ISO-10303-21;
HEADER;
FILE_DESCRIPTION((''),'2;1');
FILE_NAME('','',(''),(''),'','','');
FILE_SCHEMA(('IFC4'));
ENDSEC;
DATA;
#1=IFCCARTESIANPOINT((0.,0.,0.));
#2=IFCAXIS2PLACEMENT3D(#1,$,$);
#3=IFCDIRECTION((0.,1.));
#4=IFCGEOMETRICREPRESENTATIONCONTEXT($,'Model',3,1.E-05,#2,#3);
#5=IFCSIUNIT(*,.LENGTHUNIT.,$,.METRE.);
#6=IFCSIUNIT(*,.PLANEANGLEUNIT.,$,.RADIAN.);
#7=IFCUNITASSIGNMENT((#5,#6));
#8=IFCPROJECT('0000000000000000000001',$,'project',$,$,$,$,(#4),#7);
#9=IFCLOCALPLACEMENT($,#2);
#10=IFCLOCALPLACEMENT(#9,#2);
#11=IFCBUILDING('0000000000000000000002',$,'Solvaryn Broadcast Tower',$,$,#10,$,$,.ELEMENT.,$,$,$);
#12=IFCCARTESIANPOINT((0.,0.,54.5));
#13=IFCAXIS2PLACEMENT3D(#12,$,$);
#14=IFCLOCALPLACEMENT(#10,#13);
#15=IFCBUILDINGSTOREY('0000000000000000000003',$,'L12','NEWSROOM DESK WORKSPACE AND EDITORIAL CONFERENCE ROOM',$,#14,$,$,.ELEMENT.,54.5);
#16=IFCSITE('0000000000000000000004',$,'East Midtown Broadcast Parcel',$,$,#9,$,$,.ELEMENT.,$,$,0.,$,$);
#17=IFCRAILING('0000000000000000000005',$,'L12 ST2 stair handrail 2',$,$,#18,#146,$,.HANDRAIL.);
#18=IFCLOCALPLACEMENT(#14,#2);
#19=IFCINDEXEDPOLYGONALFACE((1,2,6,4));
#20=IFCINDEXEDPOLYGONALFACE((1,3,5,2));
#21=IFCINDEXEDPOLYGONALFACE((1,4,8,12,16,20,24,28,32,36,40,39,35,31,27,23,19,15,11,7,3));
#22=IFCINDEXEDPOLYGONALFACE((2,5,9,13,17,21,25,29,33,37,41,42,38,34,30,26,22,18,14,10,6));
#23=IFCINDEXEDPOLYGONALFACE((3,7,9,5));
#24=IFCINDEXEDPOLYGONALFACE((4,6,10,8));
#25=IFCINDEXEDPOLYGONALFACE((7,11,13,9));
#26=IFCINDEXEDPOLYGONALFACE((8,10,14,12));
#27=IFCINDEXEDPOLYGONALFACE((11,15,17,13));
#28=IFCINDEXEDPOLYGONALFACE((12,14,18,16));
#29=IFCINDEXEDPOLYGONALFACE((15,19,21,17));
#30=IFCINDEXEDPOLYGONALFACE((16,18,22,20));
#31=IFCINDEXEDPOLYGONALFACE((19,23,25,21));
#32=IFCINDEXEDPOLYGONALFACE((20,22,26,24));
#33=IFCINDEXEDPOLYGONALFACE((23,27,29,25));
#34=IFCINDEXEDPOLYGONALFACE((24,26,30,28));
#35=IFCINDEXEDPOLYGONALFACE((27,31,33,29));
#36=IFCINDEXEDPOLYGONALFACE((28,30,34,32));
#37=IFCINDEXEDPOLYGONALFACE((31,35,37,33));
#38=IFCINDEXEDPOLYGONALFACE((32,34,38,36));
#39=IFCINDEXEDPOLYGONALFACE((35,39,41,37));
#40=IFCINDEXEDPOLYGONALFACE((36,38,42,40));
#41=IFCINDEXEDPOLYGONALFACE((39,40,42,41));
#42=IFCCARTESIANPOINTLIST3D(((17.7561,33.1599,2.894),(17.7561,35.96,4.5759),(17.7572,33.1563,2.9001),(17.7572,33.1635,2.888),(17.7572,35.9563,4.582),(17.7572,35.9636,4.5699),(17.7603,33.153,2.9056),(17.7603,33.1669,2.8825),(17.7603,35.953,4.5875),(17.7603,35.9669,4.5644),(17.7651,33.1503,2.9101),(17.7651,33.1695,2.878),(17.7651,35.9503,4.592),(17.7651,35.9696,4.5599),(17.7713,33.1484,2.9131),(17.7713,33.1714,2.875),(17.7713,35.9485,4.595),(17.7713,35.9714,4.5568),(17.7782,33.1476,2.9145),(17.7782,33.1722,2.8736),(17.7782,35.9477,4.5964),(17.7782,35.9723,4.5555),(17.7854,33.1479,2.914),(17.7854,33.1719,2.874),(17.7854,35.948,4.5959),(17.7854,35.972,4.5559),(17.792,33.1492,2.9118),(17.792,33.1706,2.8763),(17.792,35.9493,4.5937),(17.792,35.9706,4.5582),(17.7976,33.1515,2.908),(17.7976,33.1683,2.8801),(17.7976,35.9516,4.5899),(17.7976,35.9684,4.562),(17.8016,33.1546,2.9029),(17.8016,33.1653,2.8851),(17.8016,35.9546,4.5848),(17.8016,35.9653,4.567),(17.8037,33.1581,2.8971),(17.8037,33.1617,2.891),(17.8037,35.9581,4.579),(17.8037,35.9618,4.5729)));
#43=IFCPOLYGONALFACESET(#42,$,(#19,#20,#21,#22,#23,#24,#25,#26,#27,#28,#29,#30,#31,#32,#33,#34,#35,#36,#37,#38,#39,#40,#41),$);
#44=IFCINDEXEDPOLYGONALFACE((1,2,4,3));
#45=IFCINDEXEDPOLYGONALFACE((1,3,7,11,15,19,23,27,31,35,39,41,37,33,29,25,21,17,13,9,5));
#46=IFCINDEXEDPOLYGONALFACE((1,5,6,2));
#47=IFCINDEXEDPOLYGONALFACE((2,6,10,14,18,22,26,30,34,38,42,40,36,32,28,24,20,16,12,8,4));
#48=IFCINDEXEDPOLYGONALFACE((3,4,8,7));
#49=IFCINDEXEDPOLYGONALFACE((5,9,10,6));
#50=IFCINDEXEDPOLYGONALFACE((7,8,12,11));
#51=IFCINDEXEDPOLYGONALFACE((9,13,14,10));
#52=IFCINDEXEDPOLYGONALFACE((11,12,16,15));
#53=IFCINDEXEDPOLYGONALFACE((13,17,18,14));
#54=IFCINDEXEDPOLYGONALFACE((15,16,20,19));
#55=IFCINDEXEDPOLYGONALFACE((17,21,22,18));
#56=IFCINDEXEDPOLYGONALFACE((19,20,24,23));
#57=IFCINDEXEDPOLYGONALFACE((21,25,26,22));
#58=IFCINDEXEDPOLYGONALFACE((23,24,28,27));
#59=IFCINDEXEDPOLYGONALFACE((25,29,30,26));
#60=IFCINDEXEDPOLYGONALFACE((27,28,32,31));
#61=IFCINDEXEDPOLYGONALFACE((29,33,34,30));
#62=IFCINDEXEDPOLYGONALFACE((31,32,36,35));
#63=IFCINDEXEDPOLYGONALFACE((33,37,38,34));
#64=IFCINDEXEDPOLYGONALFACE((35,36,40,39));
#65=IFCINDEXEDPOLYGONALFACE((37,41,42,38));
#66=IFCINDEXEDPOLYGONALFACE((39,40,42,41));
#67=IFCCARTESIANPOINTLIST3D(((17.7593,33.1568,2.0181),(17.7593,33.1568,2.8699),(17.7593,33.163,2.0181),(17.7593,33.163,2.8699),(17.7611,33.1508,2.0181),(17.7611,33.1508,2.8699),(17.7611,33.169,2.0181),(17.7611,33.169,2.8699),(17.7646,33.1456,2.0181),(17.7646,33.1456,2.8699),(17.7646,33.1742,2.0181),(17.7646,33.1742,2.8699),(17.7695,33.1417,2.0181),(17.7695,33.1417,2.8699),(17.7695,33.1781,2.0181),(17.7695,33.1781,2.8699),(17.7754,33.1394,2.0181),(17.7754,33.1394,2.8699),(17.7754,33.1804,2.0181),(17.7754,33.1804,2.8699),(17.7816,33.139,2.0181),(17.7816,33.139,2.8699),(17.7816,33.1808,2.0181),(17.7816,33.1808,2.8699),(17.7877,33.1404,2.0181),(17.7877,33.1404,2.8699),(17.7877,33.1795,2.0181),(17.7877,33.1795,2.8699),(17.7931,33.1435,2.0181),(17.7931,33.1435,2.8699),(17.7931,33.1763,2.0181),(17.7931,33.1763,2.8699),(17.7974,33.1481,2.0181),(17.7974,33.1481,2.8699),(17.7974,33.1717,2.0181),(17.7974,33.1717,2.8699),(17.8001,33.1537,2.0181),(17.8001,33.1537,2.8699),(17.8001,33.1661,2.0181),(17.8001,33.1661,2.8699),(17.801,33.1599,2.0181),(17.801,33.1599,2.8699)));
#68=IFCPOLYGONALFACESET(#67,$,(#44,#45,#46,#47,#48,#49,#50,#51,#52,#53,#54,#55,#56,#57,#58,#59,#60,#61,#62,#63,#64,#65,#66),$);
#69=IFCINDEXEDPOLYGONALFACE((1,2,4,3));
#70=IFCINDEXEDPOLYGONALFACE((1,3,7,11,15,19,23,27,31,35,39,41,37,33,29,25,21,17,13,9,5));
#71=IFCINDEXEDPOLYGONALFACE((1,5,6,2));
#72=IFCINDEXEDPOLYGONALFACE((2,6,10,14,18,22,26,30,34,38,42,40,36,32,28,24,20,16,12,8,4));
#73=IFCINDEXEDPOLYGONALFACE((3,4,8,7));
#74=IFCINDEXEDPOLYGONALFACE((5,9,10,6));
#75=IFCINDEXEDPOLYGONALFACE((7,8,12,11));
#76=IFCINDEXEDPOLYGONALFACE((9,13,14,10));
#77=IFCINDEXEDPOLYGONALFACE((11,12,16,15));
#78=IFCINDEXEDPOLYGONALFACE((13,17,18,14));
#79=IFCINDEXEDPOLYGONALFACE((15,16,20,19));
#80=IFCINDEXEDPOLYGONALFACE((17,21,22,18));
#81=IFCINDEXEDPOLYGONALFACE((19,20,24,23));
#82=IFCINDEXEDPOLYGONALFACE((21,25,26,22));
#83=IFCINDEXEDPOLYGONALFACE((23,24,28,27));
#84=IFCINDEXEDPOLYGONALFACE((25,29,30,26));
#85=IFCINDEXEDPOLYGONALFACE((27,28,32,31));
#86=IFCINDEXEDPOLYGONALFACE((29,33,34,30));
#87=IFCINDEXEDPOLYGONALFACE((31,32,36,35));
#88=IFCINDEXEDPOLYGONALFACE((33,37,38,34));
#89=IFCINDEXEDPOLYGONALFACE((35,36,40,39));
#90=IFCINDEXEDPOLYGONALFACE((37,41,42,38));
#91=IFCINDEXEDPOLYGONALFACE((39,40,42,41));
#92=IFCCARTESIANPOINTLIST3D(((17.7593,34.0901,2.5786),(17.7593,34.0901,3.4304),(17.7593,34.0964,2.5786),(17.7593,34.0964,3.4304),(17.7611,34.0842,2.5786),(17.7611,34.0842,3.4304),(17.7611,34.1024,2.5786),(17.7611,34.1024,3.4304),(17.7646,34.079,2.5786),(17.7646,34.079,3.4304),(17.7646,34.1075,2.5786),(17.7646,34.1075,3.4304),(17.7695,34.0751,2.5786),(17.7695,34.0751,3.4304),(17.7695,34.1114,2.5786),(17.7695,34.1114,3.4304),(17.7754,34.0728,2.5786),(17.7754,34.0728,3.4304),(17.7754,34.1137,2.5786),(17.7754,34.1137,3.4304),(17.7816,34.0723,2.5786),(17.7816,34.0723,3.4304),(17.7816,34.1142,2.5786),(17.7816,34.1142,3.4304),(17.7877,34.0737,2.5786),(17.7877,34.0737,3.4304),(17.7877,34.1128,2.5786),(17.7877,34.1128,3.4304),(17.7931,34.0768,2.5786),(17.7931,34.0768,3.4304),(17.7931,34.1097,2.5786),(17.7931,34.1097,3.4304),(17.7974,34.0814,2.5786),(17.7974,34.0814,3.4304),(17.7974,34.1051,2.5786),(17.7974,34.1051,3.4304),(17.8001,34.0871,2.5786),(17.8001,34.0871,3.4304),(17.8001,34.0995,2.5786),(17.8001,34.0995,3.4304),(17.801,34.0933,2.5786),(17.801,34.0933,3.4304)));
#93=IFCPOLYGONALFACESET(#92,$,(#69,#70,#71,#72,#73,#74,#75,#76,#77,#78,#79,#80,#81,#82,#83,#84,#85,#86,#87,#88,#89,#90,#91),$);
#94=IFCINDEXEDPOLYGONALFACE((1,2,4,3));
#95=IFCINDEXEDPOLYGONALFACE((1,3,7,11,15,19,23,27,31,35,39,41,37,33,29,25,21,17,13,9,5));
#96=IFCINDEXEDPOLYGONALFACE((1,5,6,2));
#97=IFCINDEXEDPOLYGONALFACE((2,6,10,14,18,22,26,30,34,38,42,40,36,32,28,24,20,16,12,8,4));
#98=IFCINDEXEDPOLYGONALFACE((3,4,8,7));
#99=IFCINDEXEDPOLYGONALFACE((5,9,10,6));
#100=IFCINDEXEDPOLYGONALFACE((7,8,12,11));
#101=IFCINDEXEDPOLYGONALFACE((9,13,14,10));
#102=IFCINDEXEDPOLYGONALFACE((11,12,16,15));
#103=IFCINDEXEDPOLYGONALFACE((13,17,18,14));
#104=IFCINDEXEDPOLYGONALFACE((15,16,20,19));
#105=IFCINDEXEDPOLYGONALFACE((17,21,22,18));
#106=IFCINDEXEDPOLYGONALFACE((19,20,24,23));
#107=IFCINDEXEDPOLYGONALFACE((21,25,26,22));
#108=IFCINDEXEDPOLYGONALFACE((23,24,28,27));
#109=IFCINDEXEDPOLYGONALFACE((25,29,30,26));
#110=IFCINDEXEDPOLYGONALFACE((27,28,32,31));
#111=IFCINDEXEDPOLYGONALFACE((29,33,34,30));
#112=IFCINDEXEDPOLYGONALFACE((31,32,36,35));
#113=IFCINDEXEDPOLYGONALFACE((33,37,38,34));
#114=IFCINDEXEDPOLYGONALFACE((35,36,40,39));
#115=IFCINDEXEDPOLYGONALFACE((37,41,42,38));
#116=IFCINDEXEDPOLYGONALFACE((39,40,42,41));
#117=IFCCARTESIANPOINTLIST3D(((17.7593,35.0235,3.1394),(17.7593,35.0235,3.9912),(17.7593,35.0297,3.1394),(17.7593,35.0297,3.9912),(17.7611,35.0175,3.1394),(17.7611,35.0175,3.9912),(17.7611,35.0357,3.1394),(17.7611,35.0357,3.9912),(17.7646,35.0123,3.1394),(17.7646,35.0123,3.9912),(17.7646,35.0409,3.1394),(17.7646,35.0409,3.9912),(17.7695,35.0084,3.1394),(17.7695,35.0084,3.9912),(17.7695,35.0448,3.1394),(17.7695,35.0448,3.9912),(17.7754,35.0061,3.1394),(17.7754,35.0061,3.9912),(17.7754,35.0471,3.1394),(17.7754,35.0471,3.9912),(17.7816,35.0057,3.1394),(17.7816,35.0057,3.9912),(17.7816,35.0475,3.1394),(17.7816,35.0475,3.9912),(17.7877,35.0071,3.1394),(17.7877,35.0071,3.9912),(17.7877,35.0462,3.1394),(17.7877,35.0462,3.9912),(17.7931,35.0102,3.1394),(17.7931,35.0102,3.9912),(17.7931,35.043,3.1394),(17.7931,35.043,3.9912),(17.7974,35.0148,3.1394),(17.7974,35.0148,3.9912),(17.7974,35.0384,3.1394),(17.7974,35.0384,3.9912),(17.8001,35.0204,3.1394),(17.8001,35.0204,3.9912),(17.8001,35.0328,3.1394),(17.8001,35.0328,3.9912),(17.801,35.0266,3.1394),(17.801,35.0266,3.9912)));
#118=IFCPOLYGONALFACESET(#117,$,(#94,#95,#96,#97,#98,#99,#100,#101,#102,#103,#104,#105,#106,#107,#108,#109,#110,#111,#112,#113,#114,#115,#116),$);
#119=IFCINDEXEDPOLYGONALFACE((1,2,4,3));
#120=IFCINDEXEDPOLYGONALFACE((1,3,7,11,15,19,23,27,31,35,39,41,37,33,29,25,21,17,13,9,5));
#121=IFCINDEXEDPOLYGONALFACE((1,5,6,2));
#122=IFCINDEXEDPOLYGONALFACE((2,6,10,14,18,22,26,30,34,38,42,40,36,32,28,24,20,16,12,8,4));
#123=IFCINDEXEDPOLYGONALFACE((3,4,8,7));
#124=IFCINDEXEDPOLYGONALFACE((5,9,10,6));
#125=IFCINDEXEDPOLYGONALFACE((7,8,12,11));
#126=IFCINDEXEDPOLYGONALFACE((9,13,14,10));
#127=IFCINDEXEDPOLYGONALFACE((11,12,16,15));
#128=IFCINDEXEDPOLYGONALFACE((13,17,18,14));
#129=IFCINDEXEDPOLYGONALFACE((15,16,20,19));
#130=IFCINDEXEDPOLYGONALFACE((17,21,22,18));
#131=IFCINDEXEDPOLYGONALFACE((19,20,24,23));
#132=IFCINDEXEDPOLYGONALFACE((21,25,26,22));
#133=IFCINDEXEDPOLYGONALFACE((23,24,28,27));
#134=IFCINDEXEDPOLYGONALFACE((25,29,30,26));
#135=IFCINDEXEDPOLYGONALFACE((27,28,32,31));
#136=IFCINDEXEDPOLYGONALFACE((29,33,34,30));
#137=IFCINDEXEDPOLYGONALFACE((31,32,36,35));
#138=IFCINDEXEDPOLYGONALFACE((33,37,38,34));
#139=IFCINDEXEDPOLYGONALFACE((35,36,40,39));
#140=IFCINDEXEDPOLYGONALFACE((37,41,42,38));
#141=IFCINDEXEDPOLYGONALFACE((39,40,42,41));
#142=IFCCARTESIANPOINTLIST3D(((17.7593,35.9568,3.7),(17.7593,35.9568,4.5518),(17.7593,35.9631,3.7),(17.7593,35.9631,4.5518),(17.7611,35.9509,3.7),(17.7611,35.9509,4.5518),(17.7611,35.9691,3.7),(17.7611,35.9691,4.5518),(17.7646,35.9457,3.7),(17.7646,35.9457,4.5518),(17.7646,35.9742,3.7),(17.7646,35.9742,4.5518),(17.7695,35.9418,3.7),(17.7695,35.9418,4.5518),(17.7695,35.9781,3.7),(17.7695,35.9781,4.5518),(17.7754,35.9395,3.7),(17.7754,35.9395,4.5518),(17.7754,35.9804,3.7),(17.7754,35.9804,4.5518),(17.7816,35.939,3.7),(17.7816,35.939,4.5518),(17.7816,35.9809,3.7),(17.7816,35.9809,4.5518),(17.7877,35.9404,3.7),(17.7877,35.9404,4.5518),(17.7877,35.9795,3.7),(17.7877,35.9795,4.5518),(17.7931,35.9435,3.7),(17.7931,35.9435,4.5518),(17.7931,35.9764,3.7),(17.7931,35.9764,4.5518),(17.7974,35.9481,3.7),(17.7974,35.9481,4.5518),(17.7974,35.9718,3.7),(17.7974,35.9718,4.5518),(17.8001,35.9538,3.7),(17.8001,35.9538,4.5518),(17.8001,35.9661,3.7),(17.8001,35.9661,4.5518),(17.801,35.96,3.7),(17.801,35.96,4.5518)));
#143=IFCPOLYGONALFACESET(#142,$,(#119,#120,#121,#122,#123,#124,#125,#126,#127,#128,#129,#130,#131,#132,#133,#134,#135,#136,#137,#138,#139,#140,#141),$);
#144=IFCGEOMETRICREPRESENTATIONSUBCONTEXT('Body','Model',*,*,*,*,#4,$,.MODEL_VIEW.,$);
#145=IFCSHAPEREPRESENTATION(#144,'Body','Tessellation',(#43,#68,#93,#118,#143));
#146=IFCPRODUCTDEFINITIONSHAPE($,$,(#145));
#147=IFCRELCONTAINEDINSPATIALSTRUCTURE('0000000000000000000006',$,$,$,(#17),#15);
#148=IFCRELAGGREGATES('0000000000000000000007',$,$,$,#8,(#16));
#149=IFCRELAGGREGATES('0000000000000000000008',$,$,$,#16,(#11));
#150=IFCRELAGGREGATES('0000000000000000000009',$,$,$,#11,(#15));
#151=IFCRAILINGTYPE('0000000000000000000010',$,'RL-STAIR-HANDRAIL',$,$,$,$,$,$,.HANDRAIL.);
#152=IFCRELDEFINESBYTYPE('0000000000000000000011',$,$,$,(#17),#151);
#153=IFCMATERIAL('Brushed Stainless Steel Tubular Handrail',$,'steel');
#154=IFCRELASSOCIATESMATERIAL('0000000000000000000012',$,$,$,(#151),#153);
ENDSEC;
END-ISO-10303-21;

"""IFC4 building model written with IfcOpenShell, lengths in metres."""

from ifc_helpers import new_model, si_unit, direction, frame, origin, origin_2d, place, context, subcontext, project, spatial, circle, extrude, material, type_object, element, save


model = new_model("IFC4")

# Units and contexts
model_context = context("Model", 3, precision=1e-05, world=origin(), true_north=direction((0.0, 1.0)))
body_context = subcontext(model_context, "Body", "Model", "MODEL_VIEW")
ifc_project = project(units=[si_unit("LENGTHUNIT", "METRE"), si_unit("PLANEANGLEUNIT", "RADIAN")], contexts=[model_context])

# Site, building, storey
site_placement = place(None, origin())
site = spatial("IfcSite", under=ifc_project, at=site_placement, Name="East Midtown Broadcast Parcel", CompositionType="ELEMENT", RefElevation=0.0)
building_placement = place(site_placement, origin())
building = spatial("IfcBuilding", under=site, at=building_placement, Name="Solvaryn Broadcast Tower", CompositionType="ELEMENT")
storey_placement = place(building_placement, frame((0.0, 0.0, 54.5)))
storey = spatial("IfcBuildingStorey", under=building, at=storey_placement, Name="L12", Description="NEWSROOM DESK WORKSPACE AND EDITORIAL CONFERENCE ROOM", CompositionType="ELEMENT", Elevation=54.5)

# Railing
ifc_material_1 = material(Name="Brushed Stainless Steel Tubular Handrail", Category="steel")
railing_type_1 = type_object("IfcRailingType", Name="RL-STAIR-HANDRAIL", PredefinedType="HANDRAIL", material=ifc_material_1)
railing_1_placement = place(storey_placement, frame((17.78, 33.1599, 2.0181)))
element("IfcRailing", 1, at=railing_1_placement, inside=storey, type_object=railing_type_1, Name="L12 ST2 stair handrail 2", PredefinedType="HANDRAIL", context=body_context, shape_type="SweptSolid", body=[
    extrude(circle(Radius=0.0239, at=origin_2d()), frame((0.0, 0.0, 0.876), z_axis=(0.0, 0.857242, 0.514913), x_axis=(-1.0, 0.0, 0.0)), (0.0, 0.0, 1.0), 3.2664),
    extrude(circle(Radius=0.021, at=origin_2d()), origin(), (0.0, 0.0, 1.0), 0.8518),
    extrude(circle(Radius=0.021, at=origin_2d()), frame((0.0, 0.9333, 0.5605)), (0.0, 0.0, 1.0), 0.8518),
    extrude(circle(Radius=0.021, at=origin_2d()), frame((0.0, 1.8667, 1.1213)), (0.0, 0.0, 1.0), 0.8518),
    extrude(circle(Radius=0.021, at=origin_2d()), frame((0.0, 2.8, 1.6819)), (0.0, 0.0, 1.0), 0.8518),
])

save(model, "model.ifc")
